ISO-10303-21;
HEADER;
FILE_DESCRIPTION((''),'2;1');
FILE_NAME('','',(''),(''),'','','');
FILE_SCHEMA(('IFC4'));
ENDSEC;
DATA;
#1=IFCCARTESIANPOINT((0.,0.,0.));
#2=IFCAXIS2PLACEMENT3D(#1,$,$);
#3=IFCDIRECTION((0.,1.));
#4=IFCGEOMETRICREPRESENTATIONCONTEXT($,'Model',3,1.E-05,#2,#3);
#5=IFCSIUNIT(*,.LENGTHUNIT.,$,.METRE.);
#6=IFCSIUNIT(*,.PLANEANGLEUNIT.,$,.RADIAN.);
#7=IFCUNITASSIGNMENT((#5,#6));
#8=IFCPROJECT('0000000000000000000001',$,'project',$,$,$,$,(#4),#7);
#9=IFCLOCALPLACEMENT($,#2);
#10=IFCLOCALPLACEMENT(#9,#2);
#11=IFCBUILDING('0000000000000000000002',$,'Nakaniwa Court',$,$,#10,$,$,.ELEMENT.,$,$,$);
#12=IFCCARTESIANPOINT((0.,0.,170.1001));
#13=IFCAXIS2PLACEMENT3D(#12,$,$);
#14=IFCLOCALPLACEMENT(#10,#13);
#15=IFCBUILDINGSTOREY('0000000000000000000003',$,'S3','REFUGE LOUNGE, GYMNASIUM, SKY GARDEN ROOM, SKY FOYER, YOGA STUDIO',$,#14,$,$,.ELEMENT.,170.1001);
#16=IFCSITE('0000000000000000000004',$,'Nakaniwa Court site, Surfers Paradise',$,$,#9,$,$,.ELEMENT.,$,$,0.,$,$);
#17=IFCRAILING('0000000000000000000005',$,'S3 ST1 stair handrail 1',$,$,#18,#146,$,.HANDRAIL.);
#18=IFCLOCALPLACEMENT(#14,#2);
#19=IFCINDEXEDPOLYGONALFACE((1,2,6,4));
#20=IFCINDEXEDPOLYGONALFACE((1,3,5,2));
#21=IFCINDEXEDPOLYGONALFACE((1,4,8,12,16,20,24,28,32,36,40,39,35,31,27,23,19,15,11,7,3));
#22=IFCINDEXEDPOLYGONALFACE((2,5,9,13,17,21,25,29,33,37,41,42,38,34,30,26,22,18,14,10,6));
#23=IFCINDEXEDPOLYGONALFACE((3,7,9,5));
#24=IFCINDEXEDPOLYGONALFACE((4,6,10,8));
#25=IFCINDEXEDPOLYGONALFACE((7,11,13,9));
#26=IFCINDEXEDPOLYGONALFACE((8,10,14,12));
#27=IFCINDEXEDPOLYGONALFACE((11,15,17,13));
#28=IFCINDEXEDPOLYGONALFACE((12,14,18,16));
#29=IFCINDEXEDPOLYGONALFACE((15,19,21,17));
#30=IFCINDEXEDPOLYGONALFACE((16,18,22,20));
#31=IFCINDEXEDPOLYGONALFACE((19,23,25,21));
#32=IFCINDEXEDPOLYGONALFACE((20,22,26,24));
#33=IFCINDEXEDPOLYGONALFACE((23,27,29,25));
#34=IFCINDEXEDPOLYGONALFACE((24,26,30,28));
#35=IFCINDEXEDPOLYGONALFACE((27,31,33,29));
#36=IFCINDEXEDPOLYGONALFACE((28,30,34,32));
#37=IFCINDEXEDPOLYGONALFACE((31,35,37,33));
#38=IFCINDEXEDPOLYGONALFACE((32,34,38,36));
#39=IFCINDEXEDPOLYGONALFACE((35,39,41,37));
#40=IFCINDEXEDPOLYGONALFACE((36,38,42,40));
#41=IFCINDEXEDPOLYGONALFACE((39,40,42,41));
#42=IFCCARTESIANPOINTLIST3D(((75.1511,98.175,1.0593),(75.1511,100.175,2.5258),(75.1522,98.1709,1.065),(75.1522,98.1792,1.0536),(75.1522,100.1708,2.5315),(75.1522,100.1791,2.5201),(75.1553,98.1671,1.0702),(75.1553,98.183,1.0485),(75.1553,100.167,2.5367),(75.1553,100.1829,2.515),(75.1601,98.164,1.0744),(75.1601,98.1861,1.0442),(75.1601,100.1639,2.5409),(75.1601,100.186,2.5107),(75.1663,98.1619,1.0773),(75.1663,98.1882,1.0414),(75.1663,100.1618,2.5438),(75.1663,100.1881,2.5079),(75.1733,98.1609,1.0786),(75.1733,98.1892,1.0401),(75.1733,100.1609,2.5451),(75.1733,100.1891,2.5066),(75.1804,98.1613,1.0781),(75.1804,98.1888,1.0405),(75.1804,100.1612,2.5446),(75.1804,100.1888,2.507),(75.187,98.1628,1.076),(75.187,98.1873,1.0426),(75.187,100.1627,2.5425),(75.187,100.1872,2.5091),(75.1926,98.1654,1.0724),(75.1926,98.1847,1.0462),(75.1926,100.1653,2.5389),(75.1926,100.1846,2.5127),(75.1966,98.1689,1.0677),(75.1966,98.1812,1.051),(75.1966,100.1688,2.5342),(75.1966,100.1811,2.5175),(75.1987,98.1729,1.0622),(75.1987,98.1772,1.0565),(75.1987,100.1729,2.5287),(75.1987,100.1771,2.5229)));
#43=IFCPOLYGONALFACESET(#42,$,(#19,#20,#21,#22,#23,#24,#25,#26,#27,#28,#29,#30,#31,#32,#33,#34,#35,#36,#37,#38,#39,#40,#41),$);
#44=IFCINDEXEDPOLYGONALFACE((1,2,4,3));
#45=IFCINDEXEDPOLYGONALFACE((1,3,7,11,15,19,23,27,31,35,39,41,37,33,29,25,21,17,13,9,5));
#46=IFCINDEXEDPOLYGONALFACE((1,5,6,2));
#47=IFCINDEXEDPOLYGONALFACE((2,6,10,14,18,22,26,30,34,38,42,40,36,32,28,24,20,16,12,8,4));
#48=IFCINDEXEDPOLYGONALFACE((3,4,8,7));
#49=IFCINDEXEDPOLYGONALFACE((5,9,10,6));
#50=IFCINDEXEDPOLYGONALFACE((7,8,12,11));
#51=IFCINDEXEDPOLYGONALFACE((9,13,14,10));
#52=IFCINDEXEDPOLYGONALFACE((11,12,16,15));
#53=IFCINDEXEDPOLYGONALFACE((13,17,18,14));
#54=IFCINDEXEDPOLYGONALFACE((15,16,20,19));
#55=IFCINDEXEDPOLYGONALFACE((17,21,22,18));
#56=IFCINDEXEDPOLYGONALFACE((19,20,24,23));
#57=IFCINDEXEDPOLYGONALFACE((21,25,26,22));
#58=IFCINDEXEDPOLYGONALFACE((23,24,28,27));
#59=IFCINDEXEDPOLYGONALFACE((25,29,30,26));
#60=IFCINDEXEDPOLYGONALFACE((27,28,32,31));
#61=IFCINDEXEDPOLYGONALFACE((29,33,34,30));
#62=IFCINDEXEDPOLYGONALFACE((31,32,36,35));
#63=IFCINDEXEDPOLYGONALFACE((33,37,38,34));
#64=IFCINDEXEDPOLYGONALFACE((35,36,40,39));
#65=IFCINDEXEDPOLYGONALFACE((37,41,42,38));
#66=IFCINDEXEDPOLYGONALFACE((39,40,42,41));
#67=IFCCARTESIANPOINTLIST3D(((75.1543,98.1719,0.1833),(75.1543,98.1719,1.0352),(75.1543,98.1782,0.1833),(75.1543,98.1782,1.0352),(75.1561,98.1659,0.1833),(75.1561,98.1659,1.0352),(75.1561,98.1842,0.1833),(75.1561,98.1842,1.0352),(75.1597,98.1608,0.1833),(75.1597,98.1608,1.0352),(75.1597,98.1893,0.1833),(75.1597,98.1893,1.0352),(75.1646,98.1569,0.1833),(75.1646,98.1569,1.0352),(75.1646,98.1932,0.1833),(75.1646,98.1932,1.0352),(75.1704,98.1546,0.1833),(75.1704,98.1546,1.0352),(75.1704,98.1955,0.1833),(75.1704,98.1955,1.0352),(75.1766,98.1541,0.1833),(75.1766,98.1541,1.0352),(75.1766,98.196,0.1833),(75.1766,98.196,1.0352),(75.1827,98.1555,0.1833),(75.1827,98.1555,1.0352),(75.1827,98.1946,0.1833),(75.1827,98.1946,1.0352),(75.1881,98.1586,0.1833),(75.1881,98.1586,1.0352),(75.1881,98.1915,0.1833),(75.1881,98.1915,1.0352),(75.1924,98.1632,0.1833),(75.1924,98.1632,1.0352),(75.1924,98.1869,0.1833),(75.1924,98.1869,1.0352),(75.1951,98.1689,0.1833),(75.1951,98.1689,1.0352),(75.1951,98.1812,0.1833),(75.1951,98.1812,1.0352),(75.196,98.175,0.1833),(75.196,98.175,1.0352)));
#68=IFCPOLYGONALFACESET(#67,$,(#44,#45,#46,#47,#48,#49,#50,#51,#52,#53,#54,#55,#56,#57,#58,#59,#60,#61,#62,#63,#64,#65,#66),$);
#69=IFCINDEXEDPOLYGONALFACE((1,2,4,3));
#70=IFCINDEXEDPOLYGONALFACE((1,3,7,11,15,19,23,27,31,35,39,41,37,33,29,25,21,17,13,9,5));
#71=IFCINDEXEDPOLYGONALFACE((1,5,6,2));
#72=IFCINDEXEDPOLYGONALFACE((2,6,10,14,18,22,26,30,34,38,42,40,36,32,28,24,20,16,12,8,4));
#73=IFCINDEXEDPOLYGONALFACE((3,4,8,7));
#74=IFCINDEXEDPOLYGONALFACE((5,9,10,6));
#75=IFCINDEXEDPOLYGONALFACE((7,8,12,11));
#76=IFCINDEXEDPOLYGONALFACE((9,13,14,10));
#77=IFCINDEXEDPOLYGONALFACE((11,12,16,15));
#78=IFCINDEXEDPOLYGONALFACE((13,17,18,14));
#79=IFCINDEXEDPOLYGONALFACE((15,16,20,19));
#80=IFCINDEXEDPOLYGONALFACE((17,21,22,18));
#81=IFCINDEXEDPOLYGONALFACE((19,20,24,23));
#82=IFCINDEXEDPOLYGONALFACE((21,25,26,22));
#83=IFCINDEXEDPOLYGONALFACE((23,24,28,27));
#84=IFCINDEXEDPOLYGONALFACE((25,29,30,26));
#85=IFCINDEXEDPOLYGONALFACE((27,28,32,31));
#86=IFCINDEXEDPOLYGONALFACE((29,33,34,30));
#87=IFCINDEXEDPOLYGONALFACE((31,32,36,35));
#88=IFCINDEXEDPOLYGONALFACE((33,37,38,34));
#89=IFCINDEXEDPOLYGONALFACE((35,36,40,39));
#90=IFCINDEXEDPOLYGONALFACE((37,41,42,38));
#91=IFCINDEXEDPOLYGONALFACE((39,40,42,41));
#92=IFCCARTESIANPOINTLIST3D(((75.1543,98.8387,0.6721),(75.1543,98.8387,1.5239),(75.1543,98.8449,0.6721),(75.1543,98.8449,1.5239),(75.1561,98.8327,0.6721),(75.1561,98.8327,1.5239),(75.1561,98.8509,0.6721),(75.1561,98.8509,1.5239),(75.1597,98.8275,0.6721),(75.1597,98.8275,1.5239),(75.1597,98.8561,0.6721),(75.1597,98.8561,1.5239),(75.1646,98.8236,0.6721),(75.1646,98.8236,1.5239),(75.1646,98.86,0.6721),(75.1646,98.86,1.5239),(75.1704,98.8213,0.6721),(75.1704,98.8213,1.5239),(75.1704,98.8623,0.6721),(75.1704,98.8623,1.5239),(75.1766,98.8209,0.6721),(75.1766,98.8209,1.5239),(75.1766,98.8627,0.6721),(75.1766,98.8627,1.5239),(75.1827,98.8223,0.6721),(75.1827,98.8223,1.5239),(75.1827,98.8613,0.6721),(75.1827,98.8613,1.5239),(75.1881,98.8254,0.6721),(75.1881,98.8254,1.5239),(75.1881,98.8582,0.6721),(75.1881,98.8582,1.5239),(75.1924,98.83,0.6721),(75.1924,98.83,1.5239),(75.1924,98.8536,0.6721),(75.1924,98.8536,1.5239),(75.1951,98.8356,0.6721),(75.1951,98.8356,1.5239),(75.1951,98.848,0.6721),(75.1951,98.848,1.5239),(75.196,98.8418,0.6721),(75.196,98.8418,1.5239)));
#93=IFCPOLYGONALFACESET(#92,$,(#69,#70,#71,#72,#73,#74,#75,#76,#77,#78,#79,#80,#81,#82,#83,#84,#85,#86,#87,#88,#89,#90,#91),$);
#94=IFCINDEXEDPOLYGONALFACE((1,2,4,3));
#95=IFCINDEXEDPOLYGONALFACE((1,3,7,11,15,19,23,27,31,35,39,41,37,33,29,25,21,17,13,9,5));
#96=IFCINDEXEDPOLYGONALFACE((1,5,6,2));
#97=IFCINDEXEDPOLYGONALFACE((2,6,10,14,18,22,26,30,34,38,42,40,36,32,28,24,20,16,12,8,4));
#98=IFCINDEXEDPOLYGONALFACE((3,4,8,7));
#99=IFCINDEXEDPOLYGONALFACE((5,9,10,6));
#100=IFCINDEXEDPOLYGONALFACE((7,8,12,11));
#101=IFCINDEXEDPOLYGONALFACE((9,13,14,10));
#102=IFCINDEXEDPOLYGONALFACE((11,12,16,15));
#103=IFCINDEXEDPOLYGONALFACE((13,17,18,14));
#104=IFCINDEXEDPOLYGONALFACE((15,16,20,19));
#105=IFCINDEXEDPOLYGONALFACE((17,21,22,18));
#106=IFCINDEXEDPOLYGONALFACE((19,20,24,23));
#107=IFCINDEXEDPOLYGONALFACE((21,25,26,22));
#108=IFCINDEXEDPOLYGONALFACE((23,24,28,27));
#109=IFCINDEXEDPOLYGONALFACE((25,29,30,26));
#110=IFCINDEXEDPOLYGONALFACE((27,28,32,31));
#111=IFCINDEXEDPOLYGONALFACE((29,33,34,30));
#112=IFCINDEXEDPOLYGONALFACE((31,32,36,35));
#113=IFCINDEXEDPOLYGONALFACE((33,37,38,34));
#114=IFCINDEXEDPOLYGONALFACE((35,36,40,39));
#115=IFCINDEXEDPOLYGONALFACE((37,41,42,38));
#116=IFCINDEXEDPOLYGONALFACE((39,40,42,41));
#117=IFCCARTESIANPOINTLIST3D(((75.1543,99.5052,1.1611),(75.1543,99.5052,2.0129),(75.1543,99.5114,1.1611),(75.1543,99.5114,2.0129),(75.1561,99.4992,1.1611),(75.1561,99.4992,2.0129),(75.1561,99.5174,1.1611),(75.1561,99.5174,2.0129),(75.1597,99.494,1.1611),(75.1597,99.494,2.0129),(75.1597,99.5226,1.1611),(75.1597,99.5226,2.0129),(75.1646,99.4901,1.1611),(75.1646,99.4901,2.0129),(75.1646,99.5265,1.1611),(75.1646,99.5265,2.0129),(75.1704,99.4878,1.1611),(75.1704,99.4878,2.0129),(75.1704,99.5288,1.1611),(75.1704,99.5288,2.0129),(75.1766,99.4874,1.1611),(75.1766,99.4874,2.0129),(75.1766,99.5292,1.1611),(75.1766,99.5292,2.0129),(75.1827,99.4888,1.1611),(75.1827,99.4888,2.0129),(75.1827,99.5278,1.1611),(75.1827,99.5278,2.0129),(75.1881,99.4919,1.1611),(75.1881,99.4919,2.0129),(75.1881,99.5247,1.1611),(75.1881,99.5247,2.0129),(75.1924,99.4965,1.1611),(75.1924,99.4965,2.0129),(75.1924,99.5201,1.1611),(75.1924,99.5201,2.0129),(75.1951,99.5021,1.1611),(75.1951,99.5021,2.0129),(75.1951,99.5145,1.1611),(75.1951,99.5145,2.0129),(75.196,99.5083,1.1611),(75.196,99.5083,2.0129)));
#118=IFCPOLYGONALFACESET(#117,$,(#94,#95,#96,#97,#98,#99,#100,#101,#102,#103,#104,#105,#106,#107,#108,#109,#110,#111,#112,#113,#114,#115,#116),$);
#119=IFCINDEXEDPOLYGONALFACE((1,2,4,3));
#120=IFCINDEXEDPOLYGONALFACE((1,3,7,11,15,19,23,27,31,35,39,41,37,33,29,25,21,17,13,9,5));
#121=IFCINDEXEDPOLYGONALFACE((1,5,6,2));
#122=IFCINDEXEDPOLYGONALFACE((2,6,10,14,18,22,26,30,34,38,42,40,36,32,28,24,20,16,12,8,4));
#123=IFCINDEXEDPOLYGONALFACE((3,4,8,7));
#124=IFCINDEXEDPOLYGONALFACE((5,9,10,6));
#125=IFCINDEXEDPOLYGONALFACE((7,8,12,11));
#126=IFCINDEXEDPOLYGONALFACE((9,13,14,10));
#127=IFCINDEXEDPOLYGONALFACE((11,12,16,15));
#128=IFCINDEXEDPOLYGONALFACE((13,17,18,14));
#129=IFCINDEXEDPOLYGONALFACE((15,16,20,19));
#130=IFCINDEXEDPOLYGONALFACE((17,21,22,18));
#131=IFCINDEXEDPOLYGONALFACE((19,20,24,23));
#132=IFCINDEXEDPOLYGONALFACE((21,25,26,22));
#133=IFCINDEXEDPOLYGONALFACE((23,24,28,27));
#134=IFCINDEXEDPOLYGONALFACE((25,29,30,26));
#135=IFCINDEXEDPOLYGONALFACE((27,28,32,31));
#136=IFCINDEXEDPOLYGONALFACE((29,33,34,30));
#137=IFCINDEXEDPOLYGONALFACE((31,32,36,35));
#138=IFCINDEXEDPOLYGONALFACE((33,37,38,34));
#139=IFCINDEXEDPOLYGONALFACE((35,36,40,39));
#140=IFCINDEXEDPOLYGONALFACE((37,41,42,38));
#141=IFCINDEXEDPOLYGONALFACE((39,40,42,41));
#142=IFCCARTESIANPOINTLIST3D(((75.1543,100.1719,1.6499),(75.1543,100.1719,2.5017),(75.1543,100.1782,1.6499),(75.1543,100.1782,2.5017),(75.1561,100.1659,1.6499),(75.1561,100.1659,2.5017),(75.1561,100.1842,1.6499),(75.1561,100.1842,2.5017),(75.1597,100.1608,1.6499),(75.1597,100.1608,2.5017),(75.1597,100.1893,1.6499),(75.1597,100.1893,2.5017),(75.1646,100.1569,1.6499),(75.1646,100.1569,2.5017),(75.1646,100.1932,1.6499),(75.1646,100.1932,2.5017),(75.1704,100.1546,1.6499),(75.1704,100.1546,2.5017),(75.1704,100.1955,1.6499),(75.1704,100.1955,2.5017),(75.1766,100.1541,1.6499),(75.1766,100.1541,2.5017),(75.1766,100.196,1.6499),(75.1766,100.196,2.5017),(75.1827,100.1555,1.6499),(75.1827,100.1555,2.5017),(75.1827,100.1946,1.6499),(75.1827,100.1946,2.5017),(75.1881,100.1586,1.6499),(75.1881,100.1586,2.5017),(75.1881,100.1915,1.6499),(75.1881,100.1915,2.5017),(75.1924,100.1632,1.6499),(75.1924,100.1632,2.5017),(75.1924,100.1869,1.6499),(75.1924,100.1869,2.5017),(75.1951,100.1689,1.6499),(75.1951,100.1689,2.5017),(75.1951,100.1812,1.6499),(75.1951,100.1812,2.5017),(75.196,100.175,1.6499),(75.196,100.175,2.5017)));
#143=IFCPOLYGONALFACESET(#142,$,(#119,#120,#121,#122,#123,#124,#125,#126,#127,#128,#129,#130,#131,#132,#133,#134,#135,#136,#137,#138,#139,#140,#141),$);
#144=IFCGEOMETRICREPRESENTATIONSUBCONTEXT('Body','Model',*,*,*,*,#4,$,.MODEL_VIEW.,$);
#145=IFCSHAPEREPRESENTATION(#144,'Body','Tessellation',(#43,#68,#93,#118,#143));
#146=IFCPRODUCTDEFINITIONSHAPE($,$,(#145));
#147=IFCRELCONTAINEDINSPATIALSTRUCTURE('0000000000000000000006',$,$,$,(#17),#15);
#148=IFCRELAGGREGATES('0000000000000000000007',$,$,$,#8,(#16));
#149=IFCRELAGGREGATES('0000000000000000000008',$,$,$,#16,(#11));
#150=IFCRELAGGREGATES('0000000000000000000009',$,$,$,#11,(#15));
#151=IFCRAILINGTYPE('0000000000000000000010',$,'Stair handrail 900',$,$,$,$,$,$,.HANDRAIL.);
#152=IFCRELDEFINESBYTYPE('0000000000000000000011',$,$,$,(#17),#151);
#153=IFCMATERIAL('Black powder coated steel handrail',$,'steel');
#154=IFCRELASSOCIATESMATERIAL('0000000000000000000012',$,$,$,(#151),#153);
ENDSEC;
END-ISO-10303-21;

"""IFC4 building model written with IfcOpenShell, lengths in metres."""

from ifc_helpers import new_model, si_unit, direction, frame, origin, origin_2d, place, context, subcontext, project, spatial, circle, extrude, material, type_object, element, save


model = new_model("IFC4")

# Units and contexts
model_context = context("Model", 3, precision=1e-05, world=origin(), true_north=direction((0.0, 1.0)))
body_context = subcontext(model_context, "Body", "Model", "MODEL_VIEW")
ifc_project = project(units=[si_unit("LENGTHUNIT", "METRE"), si_unit("PLANEANGLEUNIT", "RADIAN")], contexts=[model_context])

# Site, building, storey
site_placement = place(None, origin())
site = spatial("IfcSite", under=ifc_project, at=site_placement, Name="Nakaniwa Court site, Surfers Paradise", CompositionType="ELEMENT", RefElevation=0.0)
building_placement = place(site_placement, origin())
building = spatial("IfcBuilding", under=site, at=building_placement, Name="Nakaniwa Court", CompositionType="ELEMENT")
storey_placement = place(building_placement, frame((0.0, 0.0, 170.1001)))
storey = spatial("IfcBuildingStorey", under=building, at=storey_placement, Name="S3", Description="REFUGE LOUNGE, GYMNASIUM, SKY GARDEN ROOM, SKY FOYER, YOGA STUDIO", CompositionType="ELEMENT", Elevation=170.1001)

# Railing
ifc_material_1 = material(Name="Black powder coated steel handrail", Category="steel")
railing_type_1 = type_object("IfcRailingType", Name="Stair handrail 900", PredefinedType="HANDRAIL", material=ifc_material_1)
railing_1_placement = place(storey_placement, frame((75.175, 98.175, 0.1833)))
element("IfcRailing", 1, at=railing_1_placement, inside=storey, type_object=railing_type_1, Name="S3 ST1 stair handrail 1", PredefinedType="HANDRAIL", context=body_context, shape_type="SweptSolid", body=[
    extrude(circle(Radius=0.0239, at=origin_2d()), frame((0.0, 0.0, 0.876), z_axis=(0.0, 0.806427, 0.591334), x_axis=(-1.0, 0.0, 0.0)), (0.0, 0.0, 1.0), 2.48),
    extrude(circle(Radius=0.021, at=origin_2d()), origin(), (0.0, 0.0, 1.0), 0.8518),
    extrude(circle(Radius=0.021, at=origin_2d()), frame((0.0, 0.6667, 0.4888)), (0.0, 0.0, 1.0), 0.8518),
    extrude(circle(Radius=0.021, at=origin_2d()), frame((0.0, 1.3333, 0.9778)), (0.0, 0.0, 1.0), 0.8518),
    extrude(circle(Radius=0.021, at=origin_2d()), frame((0.0, 2.0, 1.4666)), (0.0, 0.0, 1.0), 0.8518),
])

save(model, "model.ifc")
